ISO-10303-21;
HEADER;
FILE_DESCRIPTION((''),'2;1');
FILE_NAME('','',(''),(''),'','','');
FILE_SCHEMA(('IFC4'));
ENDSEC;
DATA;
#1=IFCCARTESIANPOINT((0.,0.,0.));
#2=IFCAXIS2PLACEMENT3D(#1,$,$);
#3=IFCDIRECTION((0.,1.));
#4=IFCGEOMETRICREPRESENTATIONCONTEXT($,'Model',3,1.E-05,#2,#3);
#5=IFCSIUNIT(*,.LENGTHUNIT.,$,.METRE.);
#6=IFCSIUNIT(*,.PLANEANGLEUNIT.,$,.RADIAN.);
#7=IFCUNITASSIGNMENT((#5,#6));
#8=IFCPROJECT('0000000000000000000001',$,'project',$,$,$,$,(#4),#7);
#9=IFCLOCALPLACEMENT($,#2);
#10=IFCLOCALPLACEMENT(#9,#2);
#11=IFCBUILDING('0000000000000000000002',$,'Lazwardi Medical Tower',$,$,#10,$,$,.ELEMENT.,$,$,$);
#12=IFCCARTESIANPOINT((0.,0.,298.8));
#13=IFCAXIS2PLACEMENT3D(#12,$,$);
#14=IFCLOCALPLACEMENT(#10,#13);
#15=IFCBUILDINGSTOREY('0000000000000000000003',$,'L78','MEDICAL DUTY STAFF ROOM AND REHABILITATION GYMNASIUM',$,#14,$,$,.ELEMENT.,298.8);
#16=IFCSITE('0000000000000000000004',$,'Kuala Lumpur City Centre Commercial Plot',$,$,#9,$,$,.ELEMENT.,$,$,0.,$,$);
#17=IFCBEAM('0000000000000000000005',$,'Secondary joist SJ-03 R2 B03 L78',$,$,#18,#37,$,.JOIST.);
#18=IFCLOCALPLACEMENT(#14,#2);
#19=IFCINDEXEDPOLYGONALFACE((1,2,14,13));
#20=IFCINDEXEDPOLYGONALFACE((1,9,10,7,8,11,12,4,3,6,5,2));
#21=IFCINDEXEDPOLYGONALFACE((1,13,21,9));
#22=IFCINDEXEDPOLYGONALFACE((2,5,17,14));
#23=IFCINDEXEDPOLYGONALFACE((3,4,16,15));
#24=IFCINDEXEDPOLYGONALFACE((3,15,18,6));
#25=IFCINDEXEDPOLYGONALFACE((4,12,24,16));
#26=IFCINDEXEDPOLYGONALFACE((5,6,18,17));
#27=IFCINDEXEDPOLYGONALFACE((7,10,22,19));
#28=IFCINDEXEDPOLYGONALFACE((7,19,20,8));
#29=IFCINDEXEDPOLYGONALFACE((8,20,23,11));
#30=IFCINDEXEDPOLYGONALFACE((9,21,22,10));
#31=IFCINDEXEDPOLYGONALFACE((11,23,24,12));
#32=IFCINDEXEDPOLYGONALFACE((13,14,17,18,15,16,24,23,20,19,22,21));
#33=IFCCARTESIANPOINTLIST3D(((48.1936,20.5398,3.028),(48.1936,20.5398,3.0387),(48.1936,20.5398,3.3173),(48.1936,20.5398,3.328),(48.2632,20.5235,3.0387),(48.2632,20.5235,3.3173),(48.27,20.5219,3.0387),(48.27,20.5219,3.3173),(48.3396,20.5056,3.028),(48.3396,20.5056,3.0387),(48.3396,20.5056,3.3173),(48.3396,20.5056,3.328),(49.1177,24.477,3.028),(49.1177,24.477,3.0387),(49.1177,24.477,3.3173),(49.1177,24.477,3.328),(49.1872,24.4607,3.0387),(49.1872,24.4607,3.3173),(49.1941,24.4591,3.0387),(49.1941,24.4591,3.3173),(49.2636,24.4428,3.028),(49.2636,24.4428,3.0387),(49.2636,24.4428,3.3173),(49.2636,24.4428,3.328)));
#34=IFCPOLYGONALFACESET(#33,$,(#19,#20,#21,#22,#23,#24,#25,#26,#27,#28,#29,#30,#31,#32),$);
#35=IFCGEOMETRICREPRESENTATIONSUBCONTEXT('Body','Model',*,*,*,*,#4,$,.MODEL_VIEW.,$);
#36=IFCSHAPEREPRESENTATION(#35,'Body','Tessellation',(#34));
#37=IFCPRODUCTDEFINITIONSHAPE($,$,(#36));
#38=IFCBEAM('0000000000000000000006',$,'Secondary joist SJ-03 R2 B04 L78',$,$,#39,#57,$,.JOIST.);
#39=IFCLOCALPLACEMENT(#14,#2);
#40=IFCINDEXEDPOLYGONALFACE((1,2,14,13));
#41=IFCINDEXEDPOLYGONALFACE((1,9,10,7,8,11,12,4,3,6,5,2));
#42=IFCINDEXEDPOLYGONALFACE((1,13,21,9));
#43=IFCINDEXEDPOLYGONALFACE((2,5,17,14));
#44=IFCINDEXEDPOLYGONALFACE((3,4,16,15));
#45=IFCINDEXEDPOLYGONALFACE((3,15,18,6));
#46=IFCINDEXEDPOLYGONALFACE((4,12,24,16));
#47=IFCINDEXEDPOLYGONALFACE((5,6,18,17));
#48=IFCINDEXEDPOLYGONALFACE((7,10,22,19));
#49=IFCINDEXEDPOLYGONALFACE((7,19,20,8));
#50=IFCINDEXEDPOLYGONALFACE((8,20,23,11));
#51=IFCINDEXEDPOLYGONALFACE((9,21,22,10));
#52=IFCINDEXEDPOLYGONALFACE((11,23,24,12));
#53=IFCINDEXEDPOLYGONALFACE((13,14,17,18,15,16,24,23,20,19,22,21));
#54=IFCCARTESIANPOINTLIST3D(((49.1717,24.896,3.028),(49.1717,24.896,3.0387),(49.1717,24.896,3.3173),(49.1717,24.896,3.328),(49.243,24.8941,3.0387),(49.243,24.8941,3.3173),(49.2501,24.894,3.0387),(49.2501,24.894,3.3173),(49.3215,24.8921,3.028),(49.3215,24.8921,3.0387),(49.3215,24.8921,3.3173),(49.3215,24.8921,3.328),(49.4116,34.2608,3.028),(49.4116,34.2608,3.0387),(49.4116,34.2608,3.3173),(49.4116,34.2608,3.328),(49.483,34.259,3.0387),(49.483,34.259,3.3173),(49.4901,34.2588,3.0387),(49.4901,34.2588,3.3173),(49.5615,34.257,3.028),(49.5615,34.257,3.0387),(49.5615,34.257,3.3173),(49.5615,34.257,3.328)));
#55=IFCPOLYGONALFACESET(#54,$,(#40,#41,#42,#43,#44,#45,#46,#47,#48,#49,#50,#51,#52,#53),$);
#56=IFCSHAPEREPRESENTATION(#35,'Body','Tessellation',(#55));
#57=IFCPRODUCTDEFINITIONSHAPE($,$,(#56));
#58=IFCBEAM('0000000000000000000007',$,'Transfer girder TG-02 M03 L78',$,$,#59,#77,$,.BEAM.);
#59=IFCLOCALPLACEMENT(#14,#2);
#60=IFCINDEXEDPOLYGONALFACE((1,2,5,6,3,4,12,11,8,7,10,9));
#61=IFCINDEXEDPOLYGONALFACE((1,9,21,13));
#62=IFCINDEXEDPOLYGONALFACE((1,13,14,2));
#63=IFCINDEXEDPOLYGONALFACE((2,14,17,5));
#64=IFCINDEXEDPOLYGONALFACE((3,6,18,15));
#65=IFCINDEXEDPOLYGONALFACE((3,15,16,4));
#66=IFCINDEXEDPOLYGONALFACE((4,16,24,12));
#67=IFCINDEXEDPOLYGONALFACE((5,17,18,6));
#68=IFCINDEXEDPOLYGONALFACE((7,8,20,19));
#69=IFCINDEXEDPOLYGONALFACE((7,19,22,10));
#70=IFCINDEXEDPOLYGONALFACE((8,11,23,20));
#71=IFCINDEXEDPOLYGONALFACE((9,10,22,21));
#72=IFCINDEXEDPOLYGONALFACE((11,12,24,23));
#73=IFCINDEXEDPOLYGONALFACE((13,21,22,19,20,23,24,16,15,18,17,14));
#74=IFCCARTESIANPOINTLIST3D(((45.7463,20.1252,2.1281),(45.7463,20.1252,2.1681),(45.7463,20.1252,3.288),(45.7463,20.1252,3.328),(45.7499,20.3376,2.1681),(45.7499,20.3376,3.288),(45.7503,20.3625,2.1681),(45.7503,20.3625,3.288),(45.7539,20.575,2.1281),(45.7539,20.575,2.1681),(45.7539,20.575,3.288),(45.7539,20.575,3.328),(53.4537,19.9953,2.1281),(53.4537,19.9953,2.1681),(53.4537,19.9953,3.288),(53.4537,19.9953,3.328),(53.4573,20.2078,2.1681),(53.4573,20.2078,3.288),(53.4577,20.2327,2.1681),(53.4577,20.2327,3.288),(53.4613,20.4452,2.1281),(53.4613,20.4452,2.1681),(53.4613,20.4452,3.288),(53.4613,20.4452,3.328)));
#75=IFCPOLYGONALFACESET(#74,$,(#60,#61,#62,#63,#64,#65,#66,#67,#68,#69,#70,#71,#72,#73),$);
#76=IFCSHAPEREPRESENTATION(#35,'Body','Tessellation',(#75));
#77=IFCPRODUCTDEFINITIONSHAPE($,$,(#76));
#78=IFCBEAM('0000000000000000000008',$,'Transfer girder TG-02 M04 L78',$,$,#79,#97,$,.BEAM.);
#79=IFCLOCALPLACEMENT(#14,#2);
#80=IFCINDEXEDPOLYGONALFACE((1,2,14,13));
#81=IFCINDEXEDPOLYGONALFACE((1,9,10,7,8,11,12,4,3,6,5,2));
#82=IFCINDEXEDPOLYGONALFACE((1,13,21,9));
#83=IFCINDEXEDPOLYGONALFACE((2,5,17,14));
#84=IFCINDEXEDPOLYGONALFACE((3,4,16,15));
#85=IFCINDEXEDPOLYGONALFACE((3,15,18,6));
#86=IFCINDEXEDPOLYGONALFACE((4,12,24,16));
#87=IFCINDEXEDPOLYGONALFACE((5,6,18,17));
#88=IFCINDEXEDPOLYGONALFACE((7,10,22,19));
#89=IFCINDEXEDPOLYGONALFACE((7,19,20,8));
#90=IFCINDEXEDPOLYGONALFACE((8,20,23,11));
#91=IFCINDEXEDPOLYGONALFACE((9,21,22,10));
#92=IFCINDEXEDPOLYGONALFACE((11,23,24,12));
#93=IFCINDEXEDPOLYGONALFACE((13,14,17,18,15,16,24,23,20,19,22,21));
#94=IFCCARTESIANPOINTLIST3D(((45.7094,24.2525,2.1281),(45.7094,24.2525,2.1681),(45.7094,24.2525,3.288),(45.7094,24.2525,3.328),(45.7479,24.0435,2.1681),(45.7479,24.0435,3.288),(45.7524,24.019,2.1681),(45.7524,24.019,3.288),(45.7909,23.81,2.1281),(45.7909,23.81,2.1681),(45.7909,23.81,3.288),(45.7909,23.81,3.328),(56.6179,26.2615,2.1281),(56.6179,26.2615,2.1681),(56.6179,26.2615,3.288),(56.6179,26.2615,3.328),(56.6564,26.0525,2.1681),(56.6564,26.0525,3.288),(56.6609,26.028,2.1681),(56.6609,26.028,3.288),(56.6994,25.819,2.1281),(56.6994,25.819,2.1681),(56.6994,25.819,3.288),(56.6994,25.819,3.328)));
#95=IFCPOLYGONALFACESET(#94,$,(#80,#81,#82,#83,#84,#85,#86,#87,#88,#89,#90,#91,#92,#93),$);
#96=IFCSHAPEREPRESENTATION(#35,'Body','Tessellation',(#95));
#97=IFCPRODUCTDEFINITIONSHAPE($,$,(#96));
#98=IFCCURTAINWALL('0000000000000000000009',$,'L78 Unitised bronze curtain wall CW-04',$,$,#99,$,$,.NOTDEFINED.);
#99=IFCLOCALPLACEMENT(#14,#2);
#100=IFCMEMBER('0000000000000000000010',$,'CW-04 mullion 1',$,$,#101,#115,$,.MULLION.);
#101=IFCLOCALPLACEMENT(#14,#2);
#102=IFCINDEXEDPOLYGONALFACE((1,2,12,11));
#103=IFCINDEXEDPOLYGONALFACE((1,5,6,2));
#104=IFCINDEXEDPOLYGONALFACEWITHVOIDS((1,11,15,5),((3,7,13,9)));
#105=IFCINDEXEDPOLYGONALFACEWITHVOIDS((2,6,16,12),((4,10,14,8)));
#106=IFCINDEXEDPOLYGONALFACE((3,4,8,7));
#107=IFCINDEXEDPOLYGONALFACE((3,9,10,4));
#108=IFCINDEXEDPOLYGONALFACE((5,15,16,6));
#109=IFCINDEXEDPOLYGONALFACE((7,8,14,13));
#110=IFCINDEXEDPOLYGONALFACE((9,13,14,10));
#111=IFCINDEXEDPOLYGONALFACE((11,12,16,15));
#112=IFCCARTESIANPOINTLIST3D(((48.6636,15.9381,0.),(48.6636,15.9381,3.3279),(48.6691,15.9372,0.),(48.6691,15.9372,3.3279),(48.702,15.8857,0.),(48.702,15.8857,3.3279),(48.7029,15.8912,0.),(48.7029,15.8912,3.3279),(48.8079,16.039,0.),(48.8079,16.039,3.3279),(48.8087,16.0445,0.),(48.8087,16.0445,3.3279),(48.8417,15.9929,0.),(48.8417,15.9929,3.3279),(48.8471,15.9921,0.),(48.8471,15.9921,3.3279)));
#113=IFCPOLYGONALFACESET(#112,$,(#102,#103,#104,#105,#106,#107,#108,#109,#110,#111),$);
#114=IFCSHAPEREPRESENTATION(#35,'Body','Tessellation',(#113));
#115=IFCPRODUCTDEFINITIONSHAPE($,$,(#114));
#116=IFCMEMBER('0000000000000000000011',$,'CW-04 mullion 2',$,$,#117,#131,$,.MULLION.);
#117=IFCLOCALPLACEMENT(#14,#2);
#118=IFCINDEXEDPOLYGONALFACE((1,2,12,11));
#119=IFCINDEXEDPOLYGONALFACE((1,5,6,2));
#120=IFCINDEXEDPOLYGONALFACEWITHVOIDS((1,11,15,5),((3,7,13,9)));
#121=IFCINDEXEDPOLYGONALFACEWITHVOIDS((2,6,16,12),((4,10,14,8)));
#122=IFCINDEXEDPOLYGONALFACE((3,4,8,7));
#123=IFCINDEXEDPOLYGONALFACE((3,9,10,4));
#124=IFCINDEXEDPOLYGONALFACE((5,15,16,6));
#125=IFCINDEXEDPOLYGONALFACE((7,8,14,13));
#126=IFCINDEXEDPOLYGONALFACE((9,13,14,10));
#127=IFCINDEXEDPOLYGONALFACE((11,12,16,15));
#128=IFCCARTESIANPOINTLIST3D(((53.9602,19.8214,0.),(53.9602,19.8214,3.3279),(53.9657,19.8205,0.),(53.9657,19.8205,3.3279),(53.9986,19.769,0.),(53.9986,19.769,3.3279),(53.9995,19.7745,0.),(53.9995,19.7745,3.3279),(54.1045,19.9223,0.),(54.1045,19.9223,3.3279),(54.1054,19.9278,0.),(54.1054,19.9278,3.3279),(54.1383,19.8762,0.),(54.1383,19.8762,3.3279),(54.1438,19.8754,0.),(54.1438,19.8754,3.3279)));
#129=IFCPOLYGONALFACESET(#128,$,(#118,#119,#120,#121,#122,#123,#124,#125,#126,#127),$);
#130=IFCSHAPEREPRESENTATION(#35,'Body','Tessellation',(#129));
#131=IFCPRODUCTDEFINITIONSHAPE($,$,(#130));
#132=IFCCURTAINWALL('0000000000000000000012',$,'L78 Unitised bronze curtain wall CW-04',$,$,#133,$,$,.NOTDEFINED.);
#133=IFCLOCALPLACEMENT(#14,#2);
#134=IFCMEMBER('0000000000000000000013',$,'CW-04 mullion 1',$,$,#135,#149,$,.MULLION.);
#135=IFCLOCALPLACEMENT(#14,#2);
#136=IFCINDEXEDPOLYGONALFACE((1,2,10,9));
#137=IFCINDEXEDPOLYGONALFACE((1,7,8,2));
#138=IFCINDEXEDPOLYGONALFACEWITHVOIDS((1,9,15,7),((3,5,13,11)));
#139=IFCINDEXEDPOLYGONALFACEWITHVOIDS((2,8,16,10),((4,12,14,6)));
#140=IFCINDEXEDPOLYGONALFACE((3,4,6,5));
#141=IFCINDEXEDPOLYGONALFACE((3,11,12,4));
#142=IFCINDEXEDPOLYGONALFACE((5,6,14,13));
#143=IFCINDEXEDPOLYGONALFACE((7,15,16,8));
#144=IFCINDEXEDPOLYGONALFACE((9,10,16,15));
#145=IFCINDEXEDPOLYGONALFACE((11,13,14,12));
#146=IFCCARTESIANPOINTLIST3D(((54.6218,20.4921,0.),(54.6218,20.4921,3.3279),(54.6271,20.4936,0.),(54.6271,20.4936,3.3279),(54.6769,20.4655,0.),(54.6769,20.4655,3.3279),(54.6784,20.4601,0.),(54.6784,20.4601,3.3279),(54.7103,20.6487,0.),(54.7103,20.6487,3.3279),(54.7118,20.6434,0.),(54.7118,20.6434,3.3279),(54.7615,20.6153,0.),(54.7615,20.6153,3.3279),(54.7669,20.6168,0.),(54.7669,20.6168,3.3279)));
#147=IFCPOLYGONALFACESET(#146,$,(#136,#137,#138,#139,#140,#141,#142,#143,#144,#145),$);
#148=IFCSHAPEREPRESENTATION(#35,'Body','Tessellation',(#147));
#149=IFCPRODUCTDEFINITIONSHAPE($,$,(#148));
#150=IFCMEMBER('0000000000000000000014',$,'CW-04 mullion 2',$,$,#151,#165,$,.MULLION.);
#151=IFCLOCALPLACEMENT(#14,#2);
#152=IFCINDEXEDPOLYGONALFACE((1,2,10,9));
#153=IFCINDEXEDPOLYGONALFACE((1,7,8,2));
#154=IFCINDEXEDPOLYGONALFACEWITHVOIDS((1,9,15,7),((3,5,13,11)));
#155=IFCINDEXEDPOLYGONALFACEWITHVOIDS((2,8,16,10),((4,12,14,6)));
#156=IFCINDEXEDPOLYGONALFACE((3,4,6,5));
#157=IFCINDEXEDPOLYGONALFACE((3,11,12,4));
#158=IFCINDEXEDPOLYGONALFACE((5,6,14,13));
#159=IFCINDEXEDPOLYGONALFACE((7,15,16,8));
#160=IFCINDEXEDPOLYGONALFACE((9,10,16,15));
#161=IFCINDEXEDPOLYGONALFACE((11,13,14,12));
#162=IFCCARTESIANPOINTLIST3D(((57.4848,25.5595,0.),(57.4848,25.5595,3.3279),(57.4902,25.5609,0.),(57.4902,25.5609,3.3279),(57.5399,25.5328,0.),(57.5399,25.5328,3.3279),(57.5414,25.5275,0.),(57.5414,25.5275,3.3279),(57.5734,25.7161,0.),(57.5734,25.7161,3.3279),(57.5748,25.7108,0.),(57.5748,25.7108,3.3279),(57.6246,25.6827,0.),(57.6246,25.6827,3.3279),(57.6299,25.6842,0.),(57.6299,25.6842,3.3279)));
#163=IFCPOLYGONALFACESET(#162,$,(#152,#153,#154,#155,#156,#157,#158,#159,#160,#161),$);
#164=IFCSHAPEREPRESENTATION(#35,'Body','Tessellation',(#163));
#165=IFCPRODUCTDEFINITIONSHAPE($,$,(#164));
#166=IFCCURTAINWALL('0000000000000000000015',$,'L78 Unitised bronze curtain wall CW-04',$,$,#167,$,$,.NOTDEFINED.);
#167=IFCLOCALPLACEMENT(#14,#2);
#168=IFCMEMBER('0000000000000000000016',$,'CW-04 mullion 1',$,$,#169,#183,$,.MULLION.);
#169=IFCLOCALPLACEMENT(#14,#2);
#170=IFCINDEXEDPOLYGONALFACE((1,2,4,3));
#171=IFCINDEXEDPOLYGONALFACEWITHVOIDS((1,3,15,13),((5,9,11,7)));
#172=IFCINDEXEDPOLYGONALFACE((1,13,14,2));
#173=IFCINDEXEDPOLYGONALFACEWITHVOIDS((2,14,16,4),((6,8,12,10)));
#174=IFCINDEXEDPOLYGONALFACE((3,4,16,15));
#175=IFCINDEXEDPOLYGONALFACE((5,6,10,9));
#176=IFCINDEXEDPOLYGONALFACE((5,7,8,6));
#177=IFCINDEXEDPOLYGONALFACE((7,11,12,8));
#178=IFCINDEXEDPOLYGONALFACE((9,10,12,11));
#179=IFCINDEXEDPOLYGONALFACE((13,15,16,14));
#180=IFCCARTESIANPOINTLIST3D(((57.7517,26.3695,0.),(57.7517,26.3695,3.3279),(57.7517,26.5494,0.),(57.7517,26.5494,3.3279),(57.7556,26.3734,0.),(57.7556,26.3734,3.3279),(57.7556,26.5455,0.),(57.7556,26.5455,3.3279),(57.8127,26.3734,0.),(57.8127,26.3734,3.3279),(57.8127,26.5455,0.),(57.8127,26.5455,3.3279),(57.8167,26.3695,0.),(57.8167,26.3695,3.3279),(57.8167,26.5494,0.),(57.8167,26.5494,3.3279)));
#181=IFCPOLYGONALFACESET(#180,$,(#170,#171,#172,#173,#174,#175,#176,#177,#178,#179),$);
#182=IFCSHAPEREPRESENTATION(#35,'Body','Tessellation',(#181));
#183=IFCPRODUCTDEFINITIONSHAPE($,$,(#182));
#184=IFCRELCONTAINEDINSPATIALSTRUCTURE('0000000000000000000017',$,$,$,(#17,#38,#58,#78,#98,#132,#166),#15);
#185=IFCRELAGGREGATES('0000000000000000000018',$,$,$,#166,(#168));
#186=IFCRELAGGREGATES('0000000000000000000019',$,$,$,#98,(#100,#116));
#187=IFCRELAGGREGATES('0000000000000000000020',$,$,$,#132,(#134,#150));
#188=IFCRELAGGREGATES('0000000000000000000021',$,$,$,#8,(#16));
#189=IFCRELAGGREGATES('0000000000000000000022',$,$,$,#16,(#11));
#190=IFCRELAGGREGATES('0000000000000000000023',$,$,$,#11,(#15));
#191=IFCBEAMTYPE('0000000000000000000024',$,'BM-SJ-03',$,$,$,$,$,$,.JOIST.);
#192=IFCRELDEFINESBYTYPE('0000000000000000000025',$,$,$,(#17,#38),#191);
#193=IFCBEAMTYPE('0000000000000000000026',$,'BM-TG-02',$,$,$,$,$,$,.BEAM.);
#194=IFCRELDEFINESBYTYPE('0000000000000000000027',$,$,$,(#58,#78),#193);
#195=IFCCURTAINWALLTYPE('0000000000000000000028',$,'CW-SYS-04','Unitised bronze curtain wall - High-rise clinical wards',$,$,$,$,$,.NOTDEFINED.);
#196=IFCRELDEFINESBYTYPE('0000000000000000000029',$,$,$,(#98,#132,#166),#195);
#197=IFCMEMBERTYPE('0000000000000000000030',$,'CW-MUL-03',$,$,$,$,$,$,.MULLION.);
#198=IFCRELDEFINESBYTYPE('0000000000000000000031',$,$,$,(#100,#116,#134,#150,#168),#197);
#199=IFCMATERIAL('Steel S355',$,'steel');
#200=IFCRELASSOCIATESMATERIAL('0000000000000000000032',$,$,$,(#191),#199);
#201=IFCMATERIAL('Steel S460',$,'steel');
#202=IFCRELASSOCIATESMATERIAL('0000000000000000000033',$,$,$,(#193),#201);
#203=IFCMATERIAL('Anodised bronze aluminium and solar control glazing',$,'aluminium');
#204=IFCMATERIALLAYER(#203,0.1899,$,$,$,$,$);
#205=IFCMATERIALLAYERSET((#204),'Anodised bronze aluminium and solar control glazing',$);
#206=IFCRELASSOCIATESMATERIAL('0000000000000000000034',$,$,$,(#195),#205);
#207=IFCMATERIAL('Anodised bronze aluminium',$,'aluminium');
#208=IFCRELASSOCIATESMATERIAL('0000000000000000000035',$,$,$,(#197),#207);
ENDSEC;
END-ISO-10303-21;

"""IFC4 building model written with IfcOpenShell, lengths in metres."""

from ifc_helpers import new_model, si_unit, direction, frame, origin, origin_2d, place, context, subcontext, project, spatial, hollow_rectangle, i_section, extrude, material, layer, layer_set, material_profile, profile_set, type_object, element, aggregate, save


model = new_model("IFC4")

# Units and contexts
model_context = context("Model", 3, precision=1e-05, world=origin(), true_north=direction((0.0, 1.0)))
body_context = subcontext(model_context, "Body", "Model", "MODEL_VIEW")
ifc_project = project(units=[si_unit("LENGTHUNIT", "METRE"), si_unit("PLANEANGLEUNIT", "RADIAN")], contexts=[model_context])

# Site, building, storey
site_placement = place(None, origin())
site = spatial("IfcSite", under=ifc_project, at=site_placement, Name="Kuala Lumpur City Centre Commercial Plot", CompositionType="ELEMENT", RefElevation=0.0)
building_placement = place(site_placement, origin())
building = spatial("IfcBuilding", under=site, at=building_placement, Name="Lazwardi Medical Tower", CompositionType="ELEMENT")
storey_placement = place(building_placement, frame((0.0, 0.0, 298.8)))
storey = spatial("IfcBuildingStorey", under=building, at=storey_placement, Name="L78", Description="MEDICAL DUTY STAFF ROOM AND REHABILITATION GYMNASIUM", CompositionType="ELEMENT", Elevation=298.8)

# Beams
ifc_material_1 = material(Name="Steel S460", Category="steel")
ifc_material_2 = material(Name="Steel S355", Category="steel")
ifc_material_profile_1 = material_profile(ifc_material_2, i_section(OverallWidth=0.1499, OverallDepth=0.3, WebThickness=0.0071, FlangeThickness=0.0107, at=origin_2d()), Name="IPE 300")
ifc_profile_set_1 = profile_set([ifc_material_profile_1], Name="Steel S355")
beam_type_1 = type_object("IfcBeamType", Name="BM-SJ-03", PredefinedType="JOIST", material=ifc_profile_set_1)
beam_1_placement = place(storey_placement, frame((48.2666, 20.5227, 3.178), z_axis=(0.228491, 0.973546, 0.0), x_axis=(-0.973546, 0.228491, 0.0)))
element("IfcBeam", 1, at=beam_1_placement, inside=storey, type_object=beam_type_1, Name="Secondary joist SJ-03 R2 B03 L78", PredefinedType="JOIST", context=body_context, shape_type="SweptSolid", body=[
    extrude(i_section(OverallWidth=0.1499, OverallDepth=0.3, WebThickness=0.0071, FlangeThickness=0.0107, at=origin_2d()), origin(), (0.0, 0.0, 1.0), 4.0442),
])
beam_2_placement = place(storey_placement, frame((49.2466, 24.894, 3.178), z_axis=(0.025619, 0.999672, 0.0), x_axis=(-0.999672, 0.025619, 0.0)))
element("IfcBeam", 2, at=beam_2_placement, inside=storey, type_object=beam_type_1, Name="Secondary joist SJ-03 R2 B04 L78", PredefinedType="JOIST", context=body_context, shape_type="SweptSolid", body=[
    extrude(i_section(OverallWidth=0.1499, OverallDepth=0.3, WebThickness=0.0071, FlangeThickness=0.0107, at=origin_2d()), origin(), (0.0, 0.0, 1.0), 9.3679),
])
ifc_material_profile_2 = material_profile(ifc_material_1, i_section(OverallWidth=0.45, OverallDepth=1.2, WebThickness=0.0249, FlangeThickness=0.04, at=origin_2d()), Name="PG 1200x450")
ifc_profile_set_2 = profile_set([ifc_material_profile_2], Name="Steel S460")
beam_type_2 = type_object("IfcBeamType", Name="BM-TG-02", PredefinedType="BEAM", material=ifc_profile_set_2)
beam_3_placement = place(storey_placement, frame((53.4575, 20.2202, 2.728), z_axis=(-0.999858, 0.016849, 0.0), x_axis=(-0.016849, -0.999858, 0.0)))
element("IfcBeam", 3, at=beam_3_placement, inside=storey, type_object=beam_type_2, Name="Transfer girder TG-02 M03 L78", PredefinedType="BEAM", context=body_context, shape_type="SweptSolid", body=[
    extrude(i_section(OverallWidth=0.45, OverallDepth=1.2, WebThickness=0.0249, FlangeThickness=0.04, at=origin_2d()), origin(), (0.0, 0.0, 1.0), 7.7085),
])
beam_4_placement = place(storey_placement, frame((56.6587, 26.0403, 2.728), z_axis=(-0.983461, -0.181122, 0.0), x_axis=(0.181122, -0.983461, 0.0)))
element("IfcBeam", 4, at=beam_4_placement, inside=storey, type_object=beam_type_2, Name="Transfer girder TG-02 M04 L78", PredefinedType="BEAM", context=body_context, shape_type="SweptSolid", body=[
    extrude(i_section(OverallWidth=0.45, OverallDepth=1.2, WebThickness=0.0249, FlangeThickness=0.04, at=origin_2d()), origin(), (0.0, 0.0, 1.0), 11.092),
])

# Curtain walls, members
ifc_material_3 = material(Name="Anodised bronze aluminium and solar control glazing", Category="aluminium")
ifc_layer_1 = layer(ifc_material_3, 0.1899)
ifc_layer_set_1 = layer_set([ifc_layer_1], Name="Anodised bronze aluminium and solar control glazing")
curtain_wall_type = type_object("IfcCurtainWallType", Name="CW-SYS-04", Description="Unitised bronze curtain wall - High-rise clinical wards", PredefinedType="NOTDEFINED", material=ifc_layer_set_1)
curtain_wall_1_placement = place(storey_placement, origin())
curtain_wall_1 = element("IfcCurtainWall", 5, at=curtain_wall_1_placement, inside=storey, type_object=curtain_wall_type, Name="L78 Unitised bronze curtain wall CW-04", PredefinedType="NOTDEFINED")
ifc_material_4 = material(Name="Anodised bronze aluminium", Category="aluminium")
ifc_material_profile_3 = material_profile(ifc_material_4, hollow_rectangle(XDim=0.0649, YDim=0.1799, WallThickness=0.0039, at=origin_2d()), Name="ALU-MULLION 180x65x4")
ifc_profile_set_3 = profile_set([ifc_material_profile_3], Name="Anodised bronze aluminium")
member_type_1 = type_object("IfcMemberType", Name="CW-MUL-03", PredefinedType="MULLION", material=ifc_profile_set_3)
member_1_placement = place(storey_placement, frame((48.7554, 15.9651, 0.0), z_axis=(0.0, 0.0, 1.0), x_axis=(-0.591268, 0.806475, 0.0)))
member_1 = element("IfcMember", 6, at=member_1_placement, type_object=member_type_1, Name="CW-04 mullion 1", PredefinedType="MULLION", context=body_context, shape_type="SweptSolid", body=[
    extrude(hollow_rectangle(XDim=0.0649, YDim=0.1799, WallThickness=0.0039, at=origin_2d()), origin(), (0.0, 0.0, 1.0), 3.3279),
])
member_2_placement = place(storey_placement, frame((54.052, 19.8484, 0.0), z_axis=(0.0, 0.0, 1.0), x_axis=(-0.591268, 0.806475, 0.0)))
member_2 = element("IfcMember", 7, at=member_2_placement, type_object=member_type_1, Name="CW-04 mullion 2", PredefinedType="MULLION", context=body_context, shape_type="SweptSolid", body=[
    extrude(hollow_rectangle(XDim=0.0649, YDim=0.1799, WallThickness=0.0039, at=origin_2d()), origin(), (0.0, 0.0, 1.0), 3.3279),
])
curtain_wall_2_placement = place(storey_placement, origin())
curtain_wall_2 = element("IfcCurtainWall", 8, at=curtain_wall_2_placement, inside=storey, type_object=curtain_wall_type, Name="L78 Unitised bronze curtain wall CW-04", PredefinedType="NOTDEFINED")
member_3_placement = place(storey_placement, frame((54.6943, 20.5544, 0.0), z_axis=(0.0, 0.0, 1.0), x_axis=(-0.870651, 0.4919, 0.0)))
member_3 = element("IfcMember", 9, at=member_3_placement, type_object=member_type_1, Name="CW-04 mullion 1", PredefinedType="MULLION", context=body_context, shape_type="SweptSolid", body=[
    extrude(hollow_rectangle(XDim=0.0649, YDim=0.1799, WallThickness=0.0039, at=origin_2d()), origin(), (0.0, 0.0, 1.0), 3.3279),
])
member_4_placement = place(storey_placement, frame((57.5574, 25.6218, 0.0), z_axis=(0.0, 0.0, 1.0), x_axis=(-0.870651, 0.4919, 0.0)))
member_4 = element("IfcMember", 10, at=member_4_placement, type_object=member_type_1, Name="CW-04 mullion 2", PredefinedType="MULLION", context=body_context, shape_type="SweptSolid", body=[
    extrude(hollow_rectangle(XDim=0.0649, YDim=0.1799, WallThickness=0.0039, at=origin_2d()), origin(), (0.0, 0.0, 1.0), 3.3279),
])

# Curtain wall, member
curtain_wall_3_placement = place(storey_placement, origin())
curtain_wall_3 = element("IfcCurtainWall", 11, at=curtain_wall_3_placement, inside=storey, type_object=curtain_wall_type, Name="L78 Unitised bronze curtain wall CW-04", PredefinedType="NOTDEFINED")
member_5_placement = place(storey_placement, frame((57.7842, 26.4595, 0.0), z_axis=(0.0, 0.0, 1.0), x_axis=(-1.0, 0.0, 0.0)))
member_5 = element("IfcMember", 12, at=member_5_placement, type_object=member_type_1, Name="CW-04 mullion 1", PredefinedType="MULLION", context=body_context, shape_type="SweptSolid", body=[
    extrude(hollow_rectangle(XDim=0.0649, YDim=0.1799, WallThickness=0.0039, at=origin_2d()), origin(), (0.0, 0.0, 1.0), 3.3279),
])

aggregate(curtain_wall_3, [member_5])

aggregate(curtain_wall_1, [member_1, member_2])
aggregate(curtain_wall_2, [member_3, member_4])

save(model, "model.ifc")
